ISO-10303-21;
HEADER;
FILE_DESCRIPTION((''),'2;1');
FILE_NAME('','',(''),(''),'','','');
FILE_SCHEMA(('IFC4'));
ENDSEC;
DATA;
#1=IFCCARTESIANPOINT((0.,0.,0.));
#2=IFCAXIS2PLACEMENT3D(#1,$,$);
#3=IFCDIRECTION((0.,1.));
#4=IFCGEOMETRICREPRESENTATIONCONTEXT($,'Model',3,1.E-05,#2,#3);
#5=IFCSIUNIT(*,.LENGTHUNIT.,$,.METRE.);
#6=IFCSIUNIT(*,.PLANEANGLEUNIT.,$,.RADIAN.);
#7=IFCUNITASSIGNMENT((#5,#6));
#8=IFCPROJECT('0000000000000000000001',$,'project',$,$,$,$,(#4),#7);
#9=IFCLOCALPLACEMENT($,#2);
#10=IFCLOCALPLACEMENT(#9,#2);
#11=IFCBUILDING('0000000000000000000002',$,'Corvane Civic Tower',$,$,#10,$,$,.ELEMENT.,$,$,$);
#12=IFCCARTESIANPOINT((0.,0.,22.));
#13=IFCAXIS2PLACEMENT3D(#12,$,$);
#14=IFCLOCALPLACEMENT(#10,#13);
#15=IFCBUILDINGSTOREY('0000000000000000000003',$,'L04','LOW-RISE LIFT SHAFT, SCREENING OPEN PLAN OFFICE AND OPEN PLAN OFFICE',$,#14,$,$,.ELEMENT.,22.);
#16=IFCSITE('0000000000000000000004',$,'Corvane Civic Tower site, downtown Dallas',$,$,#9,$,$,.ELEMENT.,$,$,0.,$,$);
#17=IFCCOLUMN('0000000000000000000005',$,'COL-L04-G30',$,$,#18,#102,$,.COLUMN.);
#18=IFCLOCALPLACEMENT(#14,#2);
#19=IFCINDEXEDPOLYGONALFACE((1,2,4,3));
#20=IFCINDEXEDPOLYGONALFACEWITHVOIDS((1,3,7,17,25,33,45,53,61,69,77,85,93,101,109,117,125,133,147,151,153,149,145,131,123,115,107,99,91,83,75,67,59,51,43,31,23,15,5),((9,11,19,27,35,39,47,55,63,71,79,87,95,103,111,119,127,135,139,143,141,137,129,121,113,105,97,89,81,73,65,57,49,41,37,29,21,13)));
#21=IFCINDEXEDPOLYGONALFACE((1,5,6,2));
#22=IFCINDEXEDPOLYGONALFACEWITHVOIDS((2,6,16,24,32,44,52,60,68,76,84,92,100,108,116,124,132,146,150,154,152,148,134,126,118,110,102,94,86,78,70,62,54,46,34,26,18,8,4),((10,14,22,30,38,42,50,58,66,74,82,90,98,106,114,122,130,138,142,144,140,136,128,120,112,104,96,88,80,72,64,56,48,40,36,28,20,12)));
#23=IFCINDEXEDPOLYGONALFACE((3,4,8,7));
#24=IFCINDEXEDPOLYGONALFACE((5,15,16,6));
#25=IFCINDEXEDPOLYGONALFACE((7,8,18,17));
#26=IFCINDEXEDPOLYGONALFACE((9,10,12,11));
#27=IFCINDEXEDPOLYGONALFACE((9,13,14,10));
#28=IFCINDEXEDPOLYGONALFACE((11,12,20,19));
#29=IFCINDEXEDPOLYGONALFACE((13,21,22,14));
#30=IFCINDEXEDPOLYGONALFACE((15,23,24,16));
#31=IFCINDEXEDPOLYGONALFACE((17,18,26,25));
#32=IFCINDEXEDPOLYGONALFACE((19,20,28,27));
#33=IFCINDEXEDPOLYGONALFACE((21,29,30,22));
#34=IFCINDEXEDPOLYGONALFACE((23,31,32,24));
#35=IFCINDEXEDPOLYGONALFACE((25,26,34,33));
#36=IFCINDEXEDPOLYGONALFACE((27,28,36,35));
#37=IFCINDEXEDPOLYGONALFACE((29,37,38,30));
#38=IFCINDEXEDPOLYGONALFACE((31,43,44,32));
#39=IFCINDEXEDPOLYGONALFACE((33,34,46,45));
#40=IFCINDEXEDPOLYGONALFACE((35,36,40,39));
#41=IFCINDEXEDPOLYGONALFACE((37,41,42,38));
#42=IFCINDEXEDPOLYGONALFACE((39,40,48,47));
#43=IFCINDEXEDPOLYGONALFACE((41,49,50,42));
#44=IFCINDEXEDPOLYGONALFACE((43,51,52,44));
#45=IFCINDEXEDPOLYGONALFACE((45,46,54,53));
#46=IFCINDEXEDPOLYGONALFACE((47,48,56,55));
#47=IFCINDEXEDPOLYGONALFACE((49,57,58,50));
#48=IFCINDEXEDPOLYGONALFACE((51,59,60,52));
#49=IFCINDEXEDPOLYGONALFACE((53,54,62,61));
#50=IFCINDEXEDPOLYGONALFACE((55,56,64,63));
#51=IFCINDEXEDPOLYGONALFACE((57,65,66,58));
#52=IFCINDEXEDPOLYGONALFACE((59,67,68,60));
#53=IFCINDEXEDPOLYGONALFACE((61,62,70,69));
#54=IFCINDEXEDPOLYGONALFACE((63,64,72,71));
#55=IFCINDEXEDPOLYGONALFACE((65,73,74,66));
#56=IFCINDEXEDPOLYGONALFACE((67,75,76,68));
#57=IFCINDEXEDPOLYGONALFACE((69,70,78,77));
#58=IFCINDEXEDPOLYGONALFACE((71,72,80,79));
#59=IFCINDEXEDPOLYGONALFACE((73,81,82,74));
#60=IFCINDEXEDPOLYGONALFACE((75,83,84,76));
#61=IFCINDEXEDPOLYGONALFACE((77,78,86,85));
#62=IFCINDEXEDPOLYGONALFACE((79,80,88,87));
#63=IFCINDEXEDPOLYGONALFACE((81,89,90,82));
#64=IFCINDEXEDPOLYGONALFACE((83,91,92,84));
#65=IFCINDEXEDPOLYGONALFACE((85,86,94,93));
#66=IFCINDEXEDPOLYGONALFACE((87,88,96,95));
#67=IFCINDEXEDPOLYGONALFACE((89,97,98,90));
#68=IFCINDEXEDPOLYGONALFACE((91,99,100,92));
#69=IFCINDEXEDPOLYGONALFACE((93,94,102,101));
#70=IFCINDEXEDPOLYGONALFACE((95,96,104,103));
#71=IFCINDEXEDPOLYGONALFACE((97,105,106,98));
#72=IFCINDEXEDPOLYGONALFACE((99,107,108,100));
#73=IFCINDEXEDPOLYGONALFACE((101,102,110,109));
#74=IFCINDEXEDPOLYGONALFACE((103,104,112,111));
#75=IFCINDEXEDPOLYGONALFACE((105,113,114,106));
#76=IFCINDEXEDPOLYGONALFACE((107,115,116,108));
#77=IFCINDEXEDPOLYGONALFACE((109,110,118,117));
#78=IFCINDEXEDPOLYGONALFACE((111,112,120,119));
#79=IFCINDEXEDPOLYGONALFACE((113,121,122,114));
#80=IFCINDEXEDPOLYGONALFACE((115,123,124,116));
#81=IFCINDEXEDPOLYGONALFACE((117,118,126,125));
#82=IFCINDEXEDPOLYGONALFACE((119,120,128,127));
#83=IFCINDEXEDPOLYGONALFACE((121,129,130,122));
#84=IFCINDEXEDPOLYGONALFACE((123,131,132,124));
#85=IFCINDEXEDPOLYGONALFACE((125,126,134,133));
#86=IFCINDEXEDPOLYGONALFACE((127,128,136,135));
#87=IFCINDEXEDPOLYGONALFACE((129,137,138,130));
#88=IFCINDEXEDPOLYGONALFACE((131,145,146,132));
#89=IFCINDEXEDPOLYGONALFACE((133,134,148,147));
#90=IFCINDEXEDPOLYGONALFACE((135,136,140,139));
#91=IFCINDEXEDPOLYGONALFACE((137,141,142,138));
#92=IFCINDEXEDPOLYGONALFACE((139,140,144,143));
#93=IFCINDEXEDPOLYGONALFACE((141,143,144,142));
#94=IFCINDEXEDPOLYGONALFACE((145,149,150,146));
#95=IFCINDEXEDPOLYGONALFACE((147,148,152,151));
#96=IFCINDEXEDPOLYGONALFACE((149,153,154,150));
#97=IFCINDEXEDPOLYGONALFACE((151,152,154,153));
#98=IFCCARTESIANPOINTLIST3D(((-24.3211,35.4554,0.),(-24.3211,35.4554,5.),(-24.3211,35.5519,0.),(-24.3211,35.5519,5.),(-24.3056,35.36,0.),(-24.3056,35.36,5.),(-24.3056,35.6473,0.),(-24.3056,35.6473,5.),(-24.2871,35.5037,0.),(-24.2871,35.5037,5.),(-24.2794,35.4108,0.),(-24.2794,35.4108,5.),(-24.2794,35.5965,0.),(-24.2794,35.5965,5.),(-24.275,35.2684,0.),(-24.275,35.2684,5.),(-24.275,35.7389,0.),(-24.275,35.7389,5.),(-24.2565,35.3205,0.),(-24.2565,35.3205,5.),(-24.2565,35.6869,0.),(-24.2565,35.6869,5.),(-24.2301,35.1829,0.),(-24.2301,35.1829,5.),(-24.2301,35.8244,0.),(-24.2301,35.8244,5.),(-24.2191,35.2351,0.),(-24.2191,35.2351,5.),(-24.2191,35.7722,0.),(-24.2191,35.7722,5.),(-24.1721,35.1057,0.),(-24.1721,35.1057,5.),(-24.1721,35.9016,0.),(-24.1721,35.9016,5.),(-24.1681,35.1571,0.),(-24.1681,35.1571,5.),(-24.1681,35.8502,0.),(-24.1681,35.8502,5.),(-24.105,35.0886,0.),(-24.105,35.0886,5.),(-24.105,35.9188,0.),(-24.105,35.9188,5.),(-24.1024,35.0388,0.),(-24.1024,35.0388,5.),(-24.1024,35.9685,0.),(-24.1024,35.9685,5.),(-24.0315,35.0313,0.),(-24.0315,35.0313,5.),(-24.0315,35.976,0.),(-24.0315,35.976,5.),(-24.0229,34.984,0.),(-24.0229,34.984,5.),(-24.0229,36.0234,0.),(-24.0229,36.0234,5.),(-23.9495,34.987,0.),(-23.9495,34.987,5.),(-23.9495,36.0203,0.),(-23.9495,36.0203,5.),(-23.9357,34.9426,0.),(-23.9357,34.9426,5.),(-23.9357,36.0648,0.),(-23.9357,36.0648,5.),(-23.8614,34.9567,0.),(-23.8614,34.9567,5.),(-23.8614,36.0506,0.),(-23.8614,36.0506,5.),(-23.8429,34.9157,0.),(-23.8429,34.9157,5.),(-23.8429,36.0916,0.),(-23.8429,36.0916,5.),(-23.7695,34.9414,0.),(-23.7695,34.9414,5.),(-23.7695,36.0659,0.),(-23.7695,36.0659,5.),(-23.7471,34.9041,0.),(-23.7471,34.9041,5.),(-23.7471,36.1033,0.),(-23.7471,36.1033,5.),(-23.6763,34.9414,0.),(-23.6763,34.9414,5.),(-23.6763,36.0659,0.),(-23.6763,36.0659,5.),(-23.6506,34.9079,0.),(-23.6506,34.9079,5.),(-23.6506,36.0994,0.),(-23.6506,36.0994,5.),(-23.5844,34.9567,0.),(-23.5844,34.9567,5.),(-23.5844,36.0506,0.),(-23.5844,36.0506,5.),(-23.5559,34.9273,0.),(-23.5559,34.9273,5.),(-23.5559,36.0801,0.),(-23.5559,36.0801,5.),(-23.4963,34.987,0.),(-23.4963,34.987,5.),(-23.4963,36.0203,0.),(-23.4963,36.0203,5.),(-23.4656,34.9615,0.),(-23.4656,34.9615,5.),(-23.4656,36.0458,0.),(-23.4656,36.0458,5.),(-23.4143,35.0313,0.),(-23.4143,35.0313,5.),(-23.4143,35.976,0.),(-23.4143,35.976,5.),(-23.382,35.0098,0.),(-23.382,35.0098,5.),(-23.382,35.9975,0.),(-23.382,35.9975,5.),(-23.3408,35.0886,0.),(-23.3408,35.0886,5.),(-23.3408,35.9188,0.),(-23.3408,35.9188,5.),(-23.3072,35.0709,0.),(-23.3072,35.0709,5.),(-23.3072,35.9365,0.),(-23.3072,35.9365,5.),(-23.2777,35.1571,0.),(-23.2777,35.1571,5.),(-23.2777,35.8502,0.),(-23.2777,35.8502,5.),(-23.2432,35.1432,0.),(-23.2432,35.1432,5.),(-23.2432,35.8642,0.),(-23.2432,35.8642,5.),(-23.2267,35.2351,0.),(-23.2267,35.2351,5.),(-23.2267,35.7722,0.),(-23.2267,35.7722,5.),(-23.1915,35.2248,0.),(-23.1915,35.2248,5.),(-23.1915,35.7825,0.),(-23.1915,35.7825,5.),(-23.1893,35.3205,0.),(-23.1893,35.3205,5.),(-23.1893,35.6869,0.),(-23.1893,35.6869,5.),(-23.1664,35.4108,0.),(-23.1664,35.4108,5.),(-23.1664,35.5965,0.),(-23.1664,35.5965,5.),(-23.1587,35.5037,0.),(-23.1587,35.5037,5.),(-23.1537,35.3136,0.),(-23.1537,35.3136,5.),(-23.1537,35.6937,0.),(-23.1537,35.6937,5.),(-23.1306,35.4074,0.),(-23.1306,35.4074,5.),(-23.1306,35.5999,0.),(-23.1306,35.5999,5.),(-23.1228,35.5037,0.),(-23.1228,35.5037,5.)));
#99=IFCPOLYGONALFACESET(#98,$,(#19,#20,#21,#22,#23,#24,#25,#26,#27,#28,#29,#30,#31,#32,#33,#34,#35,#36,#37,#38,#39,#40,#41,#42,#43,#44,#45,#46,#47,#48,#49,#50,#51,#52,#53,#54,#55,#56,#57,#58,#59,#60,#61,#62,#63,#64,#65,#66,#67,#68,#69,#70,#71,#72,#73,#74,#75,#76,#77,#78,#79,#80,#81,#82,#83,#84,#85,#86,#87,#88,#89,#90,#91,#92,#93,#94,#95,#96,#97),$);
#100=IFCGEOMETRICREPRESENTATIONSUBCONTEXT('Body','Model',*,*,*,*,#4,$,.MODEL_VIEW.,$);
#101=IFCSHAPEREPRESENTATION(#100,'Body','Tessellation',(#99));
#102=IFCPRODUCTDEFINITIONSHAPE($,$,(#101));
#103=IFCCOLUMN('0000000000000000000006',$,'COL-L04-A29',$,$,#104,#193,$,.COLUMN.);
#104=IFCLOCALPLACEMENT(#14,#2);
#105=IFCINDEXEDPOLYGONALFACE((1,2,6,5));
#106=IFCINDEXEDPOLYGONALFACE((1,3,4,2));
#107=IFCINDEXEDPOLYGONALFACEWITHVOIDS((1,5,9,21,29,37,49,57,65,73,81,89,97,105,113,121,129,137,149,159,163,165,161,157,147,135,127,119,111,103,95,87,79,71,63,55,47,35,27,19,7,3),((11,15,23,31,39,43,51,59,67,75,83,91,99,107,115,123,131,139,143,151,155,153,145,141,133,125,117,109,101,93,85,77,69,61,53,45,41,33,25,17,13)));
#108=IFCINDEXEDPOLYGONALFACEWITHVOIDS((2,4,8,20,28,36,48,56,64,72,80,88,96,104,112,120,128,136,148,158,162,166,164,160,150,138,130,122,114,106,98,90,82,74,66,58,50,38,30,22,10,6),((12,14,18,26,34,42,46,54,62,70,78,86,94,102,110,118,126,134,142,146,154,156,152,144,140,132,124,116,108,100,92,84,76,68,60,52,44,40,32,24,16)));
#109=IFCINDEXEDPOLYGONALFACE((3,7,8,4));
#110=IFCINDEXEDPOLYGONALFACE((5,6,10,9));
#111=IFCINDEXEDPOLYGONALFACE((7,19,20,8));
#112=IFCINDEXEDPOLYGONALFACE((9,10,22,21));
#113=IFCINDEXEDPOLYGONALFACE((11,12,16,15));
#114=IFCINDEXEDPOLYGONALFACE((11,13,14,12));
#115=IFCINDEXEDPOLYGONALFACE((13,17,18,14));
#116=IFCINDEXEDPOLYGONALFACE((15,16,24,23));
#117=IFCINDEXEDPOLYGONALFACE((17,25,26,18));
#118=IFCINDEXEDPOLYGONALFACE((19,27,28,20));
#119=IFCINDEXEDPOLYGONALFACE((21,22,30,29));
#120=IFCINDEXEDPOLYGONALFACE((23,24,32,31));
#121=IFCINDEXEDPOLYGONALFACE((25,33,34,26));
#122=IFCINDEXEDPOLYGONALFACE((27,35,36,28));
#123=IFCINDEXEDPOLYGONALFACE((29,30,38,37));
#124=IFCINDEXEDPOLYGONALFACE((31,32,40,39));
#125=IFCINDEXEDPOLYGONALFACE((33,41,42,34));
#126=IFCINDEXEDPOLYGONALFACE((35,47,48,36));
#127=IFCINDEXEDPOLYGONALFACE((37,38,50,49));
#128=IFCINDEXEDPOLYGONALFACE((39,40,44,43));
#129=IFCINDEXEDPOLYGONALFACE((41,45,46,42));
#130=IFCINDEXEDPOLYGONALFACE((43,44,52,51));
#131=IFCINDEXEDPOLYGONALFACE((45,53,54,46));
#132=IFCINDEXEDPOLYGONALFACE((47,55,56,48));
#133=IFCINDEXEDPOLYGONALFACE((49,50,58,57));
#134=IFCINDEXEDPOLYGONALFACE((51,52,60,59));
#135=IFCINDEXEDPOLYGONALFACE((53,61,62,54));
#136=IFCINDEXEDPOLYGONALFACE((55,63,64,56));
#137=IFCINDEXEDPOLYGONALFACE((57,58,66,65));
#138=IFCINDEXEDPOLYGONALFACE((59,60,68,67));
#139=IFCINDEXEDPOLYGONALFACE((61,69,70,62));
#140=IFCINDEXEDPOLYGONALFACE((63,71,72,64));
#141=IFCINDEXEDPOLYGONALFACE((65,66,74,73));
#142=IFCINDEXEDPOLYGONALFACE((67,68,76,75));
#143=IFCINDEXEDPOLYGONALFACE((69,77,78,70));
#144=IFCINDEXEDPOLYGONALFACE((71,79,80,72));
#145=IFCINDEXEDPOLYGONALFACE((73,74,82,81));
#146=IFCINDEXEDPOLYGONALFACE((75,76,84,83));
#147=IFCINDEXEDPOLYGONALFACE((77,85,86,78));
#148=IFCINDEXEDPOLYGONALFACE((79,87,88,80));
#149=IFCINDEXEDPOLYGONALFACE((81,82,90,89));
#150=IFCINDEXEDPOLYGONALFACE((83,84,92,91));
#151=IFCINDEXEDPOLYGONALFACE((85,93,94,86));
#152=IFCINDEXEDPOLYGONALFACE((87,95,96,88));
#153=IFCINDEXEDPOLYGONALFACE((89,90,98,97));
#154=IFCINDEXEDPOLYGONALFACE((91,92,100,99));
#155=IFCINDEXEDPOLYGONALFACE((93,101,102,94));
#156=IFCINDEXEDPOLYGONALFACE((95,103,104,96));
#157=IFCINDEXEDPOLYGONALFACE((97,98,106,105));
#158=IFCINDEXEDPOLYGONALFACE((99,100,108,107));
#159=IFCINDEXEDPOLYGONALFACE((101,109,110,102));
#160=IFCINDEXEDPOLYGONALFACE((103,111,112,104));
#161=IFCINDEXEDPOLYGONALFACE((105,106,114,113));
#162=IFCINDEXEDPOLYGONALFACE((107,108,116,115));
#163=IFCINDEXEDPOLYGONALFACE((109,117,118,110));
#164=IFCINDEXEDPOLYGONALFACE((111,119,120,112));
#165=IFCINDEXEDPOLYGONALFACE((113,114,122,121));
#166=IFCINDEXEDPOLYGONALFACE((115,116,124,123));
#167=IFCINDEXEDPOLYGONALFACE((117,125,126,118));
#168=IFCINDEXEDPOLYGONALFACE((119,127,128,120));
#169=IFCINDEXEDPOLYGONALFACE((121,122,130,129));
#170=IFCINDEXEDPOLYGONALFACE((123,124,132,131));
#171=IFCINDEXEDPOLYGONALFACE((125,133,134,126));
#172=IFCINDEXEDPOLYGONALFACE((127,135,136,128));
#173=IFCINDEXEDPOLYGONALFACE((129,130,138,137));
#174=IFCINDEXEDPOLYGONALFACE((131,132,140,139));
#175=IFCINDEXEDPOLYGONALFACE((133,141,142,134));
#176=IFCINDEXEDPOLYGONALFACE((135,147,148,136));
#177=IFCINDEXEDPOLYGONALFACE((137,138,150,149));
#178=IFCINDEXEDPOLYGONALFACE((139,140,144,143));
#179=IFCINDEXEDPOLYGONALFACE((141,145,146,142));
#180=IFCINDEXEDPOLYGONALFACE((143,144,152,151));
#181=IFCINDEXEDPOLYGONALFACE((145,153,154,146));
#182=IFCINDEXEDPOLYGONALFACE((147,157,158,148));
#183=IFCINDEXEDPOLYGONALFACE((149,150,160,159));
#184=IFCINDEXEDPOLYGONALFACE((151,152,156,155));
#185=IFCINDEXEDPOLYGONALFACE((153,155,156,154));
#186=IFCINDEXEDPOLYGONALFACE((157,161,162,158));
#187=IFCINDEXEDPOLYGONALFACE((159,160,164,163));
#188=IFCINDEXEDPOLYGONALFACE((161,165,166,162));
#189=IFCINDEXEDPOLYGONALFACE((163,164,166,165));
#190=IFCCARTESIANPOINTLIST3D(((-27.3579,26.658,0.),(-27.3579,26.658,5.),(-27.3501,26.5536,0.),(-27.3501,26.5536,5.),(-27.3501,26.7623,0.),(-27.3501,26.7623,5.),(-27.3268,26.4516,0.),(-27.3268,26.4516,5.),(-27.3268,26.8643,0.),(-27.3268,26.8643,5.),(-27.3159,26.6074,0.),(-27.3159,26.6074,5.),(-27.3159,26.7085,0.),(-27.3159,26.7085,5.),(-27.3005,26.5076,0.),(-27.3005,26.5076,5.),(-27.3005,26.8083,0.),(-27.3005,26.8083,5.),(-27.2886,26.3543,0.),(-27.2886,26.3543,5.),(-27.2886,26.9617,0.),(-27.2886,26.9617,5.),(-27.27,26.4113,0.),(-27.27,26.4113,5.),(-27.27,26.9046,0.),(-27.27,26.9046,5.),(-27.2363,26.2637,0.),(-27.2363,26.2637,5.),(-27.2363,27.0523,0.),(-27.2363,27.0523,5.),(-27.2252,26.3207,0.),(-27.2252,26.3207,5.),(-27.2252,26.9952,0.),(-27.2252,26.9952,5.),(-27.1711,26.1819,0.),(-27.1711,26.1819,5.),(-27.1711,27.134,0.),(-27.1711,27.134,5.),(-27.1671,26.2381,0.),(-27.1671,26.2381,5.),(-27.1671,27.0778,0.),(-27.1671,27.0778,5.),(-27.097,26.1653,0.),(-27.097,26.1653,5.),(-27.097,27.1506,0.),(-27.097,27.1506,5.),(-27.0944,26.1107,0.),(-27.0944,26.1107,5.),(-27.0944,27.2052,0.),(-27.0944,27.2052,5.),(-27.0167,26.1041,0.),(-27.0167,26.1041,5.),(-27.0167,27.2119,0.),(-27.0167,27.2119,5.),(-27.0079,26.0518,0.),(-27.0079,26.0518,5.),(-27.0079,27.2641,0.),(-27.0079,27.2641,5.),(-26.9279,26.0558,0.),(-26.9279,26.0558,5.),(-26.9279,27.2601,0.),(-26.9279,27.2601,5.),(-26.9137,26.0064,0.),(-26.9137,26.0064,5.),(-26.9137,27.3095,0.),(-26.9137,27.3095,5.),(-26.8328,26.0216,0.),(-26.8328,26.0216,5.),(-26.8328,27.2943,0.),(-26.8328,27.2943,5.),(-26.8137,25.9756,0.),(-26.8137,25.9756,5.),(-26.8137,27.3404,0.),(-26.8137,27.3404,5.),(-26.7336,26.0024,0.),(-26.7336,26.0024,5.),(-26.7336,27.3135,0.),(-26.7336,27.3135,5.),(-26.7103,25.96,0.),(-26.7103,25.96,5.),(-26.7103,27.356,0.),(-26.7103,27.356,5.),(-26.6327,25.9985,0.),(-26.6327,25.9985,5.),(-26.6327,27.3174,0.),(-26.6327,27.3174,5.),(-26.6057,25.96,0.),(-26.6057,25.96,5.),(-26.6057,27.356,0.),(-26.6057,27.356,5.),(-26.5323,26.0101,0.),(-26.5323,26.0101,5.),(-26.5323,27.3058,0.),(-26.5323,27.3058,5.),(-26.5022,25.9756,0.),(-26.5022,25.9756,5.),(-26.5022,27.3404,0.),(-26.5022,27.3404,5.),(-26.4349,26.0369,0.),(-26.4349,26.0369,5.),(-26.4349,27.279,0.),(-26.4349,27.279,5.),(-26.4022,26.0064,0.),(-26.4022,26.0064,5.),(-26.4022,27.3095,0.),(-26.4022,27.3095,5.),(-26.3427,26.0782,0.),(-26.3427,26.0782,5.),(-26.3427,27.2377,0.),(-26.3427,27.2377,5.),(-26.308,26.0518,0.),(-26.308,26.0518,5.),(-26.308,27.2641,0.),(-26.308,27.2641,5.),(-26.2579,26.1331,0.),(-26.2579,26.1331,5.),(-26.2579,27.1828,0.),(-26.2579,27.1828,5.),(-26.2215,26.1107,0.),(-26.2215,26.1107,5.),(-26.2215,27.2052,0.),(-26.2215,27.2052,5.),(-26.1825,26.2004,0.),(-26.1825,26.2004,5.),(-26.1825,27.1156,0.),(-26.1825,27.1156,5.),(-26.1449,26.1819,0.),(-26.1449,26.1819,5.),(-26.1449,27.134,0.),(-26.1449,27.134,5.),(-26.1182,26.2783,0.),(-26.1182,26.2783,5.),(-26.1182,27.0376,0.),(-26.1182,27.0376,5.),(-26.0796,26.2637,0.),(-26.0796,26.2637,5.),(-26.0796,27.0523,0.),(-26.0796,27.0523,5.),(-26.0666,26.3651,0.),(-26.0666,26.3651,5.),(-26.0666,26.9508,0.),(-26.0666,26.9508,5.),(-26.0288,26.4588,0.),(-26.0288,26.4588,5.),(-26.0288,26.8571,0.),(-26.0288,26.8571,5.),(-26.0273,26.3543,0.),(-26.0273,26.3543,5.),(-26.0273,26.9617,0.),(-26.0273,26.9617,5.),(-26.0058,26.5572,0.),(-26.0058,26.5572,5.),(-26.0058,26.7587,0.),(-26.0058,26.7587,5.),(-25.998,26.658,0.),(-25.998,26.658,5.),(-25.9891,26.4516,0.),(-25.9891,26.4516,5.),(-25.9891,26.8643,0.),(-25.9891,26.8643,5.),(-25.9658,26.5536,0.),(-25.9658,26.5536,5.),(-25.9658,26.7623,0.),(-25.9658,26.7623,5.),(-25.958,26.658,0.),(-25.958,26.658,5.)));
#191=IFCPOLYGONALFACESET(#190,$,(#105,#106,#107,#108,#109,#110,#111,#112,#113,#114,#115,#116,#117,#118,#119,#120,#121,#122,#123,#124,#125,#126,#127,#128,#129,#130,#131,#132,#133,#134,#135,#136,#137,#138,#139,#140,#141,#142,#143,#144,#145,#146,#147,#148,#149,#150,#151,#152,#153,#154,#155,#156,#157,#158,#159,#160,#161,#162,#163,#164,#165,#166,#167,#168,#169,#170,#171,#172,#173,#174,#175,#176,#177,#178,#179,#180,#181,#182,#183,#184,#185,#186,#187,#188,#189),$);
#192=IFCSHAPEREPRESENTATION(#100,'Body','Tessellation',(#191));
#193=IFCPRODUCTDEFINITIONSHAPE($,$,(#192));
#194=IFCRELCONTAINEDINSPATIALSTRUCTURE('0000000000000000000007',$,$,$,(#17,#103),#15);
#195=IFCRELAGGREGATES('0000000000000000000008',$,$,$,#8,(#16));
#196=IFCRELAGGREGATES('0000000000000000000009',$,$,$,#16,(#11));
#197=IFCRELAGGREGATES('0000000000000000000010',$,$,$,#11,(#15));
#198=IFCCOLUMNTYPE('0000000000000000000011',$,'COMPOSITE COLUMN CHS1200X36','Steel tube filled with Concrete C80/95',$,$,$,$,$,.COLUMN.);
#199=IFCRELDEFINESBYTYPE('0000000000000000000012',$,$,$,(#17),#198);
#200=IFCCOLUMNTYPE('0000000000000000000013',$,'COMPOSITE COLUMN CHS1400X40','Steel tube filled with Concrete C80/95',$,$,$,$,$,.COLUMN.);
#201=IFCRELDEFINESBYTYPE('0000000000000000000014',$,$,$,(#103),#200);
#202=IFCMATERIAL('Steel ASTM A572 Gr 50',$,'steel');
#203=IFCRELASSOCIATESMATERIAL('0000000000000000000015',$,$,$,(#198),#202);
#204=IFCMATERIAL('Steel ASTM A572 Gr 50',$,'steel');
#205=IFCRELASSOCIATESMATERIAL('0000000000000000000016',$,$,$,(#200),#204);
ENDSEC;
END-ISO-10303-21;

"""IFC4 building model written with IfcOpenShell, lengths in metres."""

from ifc_helpers import new_model, si_unit, direction, frame, origin, origin_2d, place, context, subcontext, project, spatial, hollow_circle, extrude, material, material_profile, profile_set, type_object, element, save


model = new_model("IFC4")

# Units and contexts
model_context = context("Model", 3, precision=1e-05, world=origin(), true_north=direction((0.0, 1.0)))
body_context = subcontext(model_context, "Body", "Model", "MODEL_VIEW")
ifc_project = project(units=[si_unit("LENGTHUNIT", "METRE"), si_unit("PLANEANGLEUNIT", "RADIAN")], contexts=[model_context])

# Site, building, storey
site_placement = place(None, origin())
site = spatial("IfcSite", under=ifc_project, at=site_placement, Name="Corvane Civic Tower site, downtown Dallas", CompositionType="ELEMENT", RefElevation=0.0)
building_placement = place(site_placement, origin())
building = spatial("IfcBuilding", under=site, at=building_placement, Name="Corvane Civic Tower", CompositionType="ELEMENT")
storey_placement = place(building_placement, frame((0.0, 0.0, 22.0)))
storey = spatial("IfcBuildingStorey", under=building, at=storey_placement, Name="L04", Description="LOW-RISE LIFT SHAFT, SCREENING OPEN PLAN OFFICE AND OPEN PLAN OFFICE", CompositionType="ELEMENT", Elevation=22.0)

# Columns
ifc_material_1 = material(Name="Steel ASTM A572 Gr 50", Category="steel")
ifc_material_profile_1 = material_profile(ifc_material_1, hollow_circle(Radius=0.6001, WallThickness=0.0359, at=origin_2d()), Name="CHS1200X36")
ifc_profile_set_1 = profile_set([ifc_material_profile_1], Name="Steel ASTM A572 Gr 50")
column_type_1 = type_object("IfcColumnType", Name="COMPOSITE COLUMN CHS1200X36", Description="Steel tube filled with Concrete C80/95", PredefinedType="COLUMN", material=ifc_profile_set_1)
column_placement = place(storey_placement, frame((-23.7229, 35.5037, 0.0), z_axis=(0.0, 0.0, 1.0), x_axis=(1.0, 0.0, 0.0)))
element("IfcColumn", 1, at=column_placement, inside=storey, type_object=column_type_1, Name="COL-L04-G30", PredefinedType="COLUMN", context=body_context, shape_type="SweptSolid", body=[
    extrude(hollow_circle(Radius=0.6001, WallThickness=0.0359, at=origin_2d()), origin(), (0.0, 0.0, 1.0), 5.0),
])
ifc_material_2 = material(Name="Steel ASTM A572 Gr 50", Category="steel")
ifc_material_profile_2 = material_profile(ifc_material_2, hollow_circle(Radius=0.7, WallThickness=0.04, at=origin_2d()), Name="CHS1400X40")
ifc_profile_set_2 = profile_set([ifc_material_profile_2], Name="Steel ASTM A572 Gr 50")
column_type_2 = type_object("IfcColumnType", Name="COMPOSITE COLUMN CHS1400X40", Description="Steel tube filled with Concrete C80/95", PredefinedType="COLUMN", material=ifc_profile_set_2)
for number, where, z_axis, x_axis, name in (
    (2, (-26.658, 26.658, 0.0), (0.0, 0.0, 1.0), (1.0, 0.0, 0.0), "COL-L04-A29"),
):
    element("IfcColumn", number, at=place(storey_placement, frame(where, z_axis=z_axis, x_axis=x_axis)), inside=storey, type_object=column_type_2, Name=name, PredefinedType="COLUMN", context=body_context, shape_type="SweptSolid", body=[
        extrude(hollow_circle(Radius=0.7, WallThickness=0.04, at=origin_2d()), origin(), (0.0, 0.0, 1.0), 5.0),
    ])

save(model, "model.ifc")
